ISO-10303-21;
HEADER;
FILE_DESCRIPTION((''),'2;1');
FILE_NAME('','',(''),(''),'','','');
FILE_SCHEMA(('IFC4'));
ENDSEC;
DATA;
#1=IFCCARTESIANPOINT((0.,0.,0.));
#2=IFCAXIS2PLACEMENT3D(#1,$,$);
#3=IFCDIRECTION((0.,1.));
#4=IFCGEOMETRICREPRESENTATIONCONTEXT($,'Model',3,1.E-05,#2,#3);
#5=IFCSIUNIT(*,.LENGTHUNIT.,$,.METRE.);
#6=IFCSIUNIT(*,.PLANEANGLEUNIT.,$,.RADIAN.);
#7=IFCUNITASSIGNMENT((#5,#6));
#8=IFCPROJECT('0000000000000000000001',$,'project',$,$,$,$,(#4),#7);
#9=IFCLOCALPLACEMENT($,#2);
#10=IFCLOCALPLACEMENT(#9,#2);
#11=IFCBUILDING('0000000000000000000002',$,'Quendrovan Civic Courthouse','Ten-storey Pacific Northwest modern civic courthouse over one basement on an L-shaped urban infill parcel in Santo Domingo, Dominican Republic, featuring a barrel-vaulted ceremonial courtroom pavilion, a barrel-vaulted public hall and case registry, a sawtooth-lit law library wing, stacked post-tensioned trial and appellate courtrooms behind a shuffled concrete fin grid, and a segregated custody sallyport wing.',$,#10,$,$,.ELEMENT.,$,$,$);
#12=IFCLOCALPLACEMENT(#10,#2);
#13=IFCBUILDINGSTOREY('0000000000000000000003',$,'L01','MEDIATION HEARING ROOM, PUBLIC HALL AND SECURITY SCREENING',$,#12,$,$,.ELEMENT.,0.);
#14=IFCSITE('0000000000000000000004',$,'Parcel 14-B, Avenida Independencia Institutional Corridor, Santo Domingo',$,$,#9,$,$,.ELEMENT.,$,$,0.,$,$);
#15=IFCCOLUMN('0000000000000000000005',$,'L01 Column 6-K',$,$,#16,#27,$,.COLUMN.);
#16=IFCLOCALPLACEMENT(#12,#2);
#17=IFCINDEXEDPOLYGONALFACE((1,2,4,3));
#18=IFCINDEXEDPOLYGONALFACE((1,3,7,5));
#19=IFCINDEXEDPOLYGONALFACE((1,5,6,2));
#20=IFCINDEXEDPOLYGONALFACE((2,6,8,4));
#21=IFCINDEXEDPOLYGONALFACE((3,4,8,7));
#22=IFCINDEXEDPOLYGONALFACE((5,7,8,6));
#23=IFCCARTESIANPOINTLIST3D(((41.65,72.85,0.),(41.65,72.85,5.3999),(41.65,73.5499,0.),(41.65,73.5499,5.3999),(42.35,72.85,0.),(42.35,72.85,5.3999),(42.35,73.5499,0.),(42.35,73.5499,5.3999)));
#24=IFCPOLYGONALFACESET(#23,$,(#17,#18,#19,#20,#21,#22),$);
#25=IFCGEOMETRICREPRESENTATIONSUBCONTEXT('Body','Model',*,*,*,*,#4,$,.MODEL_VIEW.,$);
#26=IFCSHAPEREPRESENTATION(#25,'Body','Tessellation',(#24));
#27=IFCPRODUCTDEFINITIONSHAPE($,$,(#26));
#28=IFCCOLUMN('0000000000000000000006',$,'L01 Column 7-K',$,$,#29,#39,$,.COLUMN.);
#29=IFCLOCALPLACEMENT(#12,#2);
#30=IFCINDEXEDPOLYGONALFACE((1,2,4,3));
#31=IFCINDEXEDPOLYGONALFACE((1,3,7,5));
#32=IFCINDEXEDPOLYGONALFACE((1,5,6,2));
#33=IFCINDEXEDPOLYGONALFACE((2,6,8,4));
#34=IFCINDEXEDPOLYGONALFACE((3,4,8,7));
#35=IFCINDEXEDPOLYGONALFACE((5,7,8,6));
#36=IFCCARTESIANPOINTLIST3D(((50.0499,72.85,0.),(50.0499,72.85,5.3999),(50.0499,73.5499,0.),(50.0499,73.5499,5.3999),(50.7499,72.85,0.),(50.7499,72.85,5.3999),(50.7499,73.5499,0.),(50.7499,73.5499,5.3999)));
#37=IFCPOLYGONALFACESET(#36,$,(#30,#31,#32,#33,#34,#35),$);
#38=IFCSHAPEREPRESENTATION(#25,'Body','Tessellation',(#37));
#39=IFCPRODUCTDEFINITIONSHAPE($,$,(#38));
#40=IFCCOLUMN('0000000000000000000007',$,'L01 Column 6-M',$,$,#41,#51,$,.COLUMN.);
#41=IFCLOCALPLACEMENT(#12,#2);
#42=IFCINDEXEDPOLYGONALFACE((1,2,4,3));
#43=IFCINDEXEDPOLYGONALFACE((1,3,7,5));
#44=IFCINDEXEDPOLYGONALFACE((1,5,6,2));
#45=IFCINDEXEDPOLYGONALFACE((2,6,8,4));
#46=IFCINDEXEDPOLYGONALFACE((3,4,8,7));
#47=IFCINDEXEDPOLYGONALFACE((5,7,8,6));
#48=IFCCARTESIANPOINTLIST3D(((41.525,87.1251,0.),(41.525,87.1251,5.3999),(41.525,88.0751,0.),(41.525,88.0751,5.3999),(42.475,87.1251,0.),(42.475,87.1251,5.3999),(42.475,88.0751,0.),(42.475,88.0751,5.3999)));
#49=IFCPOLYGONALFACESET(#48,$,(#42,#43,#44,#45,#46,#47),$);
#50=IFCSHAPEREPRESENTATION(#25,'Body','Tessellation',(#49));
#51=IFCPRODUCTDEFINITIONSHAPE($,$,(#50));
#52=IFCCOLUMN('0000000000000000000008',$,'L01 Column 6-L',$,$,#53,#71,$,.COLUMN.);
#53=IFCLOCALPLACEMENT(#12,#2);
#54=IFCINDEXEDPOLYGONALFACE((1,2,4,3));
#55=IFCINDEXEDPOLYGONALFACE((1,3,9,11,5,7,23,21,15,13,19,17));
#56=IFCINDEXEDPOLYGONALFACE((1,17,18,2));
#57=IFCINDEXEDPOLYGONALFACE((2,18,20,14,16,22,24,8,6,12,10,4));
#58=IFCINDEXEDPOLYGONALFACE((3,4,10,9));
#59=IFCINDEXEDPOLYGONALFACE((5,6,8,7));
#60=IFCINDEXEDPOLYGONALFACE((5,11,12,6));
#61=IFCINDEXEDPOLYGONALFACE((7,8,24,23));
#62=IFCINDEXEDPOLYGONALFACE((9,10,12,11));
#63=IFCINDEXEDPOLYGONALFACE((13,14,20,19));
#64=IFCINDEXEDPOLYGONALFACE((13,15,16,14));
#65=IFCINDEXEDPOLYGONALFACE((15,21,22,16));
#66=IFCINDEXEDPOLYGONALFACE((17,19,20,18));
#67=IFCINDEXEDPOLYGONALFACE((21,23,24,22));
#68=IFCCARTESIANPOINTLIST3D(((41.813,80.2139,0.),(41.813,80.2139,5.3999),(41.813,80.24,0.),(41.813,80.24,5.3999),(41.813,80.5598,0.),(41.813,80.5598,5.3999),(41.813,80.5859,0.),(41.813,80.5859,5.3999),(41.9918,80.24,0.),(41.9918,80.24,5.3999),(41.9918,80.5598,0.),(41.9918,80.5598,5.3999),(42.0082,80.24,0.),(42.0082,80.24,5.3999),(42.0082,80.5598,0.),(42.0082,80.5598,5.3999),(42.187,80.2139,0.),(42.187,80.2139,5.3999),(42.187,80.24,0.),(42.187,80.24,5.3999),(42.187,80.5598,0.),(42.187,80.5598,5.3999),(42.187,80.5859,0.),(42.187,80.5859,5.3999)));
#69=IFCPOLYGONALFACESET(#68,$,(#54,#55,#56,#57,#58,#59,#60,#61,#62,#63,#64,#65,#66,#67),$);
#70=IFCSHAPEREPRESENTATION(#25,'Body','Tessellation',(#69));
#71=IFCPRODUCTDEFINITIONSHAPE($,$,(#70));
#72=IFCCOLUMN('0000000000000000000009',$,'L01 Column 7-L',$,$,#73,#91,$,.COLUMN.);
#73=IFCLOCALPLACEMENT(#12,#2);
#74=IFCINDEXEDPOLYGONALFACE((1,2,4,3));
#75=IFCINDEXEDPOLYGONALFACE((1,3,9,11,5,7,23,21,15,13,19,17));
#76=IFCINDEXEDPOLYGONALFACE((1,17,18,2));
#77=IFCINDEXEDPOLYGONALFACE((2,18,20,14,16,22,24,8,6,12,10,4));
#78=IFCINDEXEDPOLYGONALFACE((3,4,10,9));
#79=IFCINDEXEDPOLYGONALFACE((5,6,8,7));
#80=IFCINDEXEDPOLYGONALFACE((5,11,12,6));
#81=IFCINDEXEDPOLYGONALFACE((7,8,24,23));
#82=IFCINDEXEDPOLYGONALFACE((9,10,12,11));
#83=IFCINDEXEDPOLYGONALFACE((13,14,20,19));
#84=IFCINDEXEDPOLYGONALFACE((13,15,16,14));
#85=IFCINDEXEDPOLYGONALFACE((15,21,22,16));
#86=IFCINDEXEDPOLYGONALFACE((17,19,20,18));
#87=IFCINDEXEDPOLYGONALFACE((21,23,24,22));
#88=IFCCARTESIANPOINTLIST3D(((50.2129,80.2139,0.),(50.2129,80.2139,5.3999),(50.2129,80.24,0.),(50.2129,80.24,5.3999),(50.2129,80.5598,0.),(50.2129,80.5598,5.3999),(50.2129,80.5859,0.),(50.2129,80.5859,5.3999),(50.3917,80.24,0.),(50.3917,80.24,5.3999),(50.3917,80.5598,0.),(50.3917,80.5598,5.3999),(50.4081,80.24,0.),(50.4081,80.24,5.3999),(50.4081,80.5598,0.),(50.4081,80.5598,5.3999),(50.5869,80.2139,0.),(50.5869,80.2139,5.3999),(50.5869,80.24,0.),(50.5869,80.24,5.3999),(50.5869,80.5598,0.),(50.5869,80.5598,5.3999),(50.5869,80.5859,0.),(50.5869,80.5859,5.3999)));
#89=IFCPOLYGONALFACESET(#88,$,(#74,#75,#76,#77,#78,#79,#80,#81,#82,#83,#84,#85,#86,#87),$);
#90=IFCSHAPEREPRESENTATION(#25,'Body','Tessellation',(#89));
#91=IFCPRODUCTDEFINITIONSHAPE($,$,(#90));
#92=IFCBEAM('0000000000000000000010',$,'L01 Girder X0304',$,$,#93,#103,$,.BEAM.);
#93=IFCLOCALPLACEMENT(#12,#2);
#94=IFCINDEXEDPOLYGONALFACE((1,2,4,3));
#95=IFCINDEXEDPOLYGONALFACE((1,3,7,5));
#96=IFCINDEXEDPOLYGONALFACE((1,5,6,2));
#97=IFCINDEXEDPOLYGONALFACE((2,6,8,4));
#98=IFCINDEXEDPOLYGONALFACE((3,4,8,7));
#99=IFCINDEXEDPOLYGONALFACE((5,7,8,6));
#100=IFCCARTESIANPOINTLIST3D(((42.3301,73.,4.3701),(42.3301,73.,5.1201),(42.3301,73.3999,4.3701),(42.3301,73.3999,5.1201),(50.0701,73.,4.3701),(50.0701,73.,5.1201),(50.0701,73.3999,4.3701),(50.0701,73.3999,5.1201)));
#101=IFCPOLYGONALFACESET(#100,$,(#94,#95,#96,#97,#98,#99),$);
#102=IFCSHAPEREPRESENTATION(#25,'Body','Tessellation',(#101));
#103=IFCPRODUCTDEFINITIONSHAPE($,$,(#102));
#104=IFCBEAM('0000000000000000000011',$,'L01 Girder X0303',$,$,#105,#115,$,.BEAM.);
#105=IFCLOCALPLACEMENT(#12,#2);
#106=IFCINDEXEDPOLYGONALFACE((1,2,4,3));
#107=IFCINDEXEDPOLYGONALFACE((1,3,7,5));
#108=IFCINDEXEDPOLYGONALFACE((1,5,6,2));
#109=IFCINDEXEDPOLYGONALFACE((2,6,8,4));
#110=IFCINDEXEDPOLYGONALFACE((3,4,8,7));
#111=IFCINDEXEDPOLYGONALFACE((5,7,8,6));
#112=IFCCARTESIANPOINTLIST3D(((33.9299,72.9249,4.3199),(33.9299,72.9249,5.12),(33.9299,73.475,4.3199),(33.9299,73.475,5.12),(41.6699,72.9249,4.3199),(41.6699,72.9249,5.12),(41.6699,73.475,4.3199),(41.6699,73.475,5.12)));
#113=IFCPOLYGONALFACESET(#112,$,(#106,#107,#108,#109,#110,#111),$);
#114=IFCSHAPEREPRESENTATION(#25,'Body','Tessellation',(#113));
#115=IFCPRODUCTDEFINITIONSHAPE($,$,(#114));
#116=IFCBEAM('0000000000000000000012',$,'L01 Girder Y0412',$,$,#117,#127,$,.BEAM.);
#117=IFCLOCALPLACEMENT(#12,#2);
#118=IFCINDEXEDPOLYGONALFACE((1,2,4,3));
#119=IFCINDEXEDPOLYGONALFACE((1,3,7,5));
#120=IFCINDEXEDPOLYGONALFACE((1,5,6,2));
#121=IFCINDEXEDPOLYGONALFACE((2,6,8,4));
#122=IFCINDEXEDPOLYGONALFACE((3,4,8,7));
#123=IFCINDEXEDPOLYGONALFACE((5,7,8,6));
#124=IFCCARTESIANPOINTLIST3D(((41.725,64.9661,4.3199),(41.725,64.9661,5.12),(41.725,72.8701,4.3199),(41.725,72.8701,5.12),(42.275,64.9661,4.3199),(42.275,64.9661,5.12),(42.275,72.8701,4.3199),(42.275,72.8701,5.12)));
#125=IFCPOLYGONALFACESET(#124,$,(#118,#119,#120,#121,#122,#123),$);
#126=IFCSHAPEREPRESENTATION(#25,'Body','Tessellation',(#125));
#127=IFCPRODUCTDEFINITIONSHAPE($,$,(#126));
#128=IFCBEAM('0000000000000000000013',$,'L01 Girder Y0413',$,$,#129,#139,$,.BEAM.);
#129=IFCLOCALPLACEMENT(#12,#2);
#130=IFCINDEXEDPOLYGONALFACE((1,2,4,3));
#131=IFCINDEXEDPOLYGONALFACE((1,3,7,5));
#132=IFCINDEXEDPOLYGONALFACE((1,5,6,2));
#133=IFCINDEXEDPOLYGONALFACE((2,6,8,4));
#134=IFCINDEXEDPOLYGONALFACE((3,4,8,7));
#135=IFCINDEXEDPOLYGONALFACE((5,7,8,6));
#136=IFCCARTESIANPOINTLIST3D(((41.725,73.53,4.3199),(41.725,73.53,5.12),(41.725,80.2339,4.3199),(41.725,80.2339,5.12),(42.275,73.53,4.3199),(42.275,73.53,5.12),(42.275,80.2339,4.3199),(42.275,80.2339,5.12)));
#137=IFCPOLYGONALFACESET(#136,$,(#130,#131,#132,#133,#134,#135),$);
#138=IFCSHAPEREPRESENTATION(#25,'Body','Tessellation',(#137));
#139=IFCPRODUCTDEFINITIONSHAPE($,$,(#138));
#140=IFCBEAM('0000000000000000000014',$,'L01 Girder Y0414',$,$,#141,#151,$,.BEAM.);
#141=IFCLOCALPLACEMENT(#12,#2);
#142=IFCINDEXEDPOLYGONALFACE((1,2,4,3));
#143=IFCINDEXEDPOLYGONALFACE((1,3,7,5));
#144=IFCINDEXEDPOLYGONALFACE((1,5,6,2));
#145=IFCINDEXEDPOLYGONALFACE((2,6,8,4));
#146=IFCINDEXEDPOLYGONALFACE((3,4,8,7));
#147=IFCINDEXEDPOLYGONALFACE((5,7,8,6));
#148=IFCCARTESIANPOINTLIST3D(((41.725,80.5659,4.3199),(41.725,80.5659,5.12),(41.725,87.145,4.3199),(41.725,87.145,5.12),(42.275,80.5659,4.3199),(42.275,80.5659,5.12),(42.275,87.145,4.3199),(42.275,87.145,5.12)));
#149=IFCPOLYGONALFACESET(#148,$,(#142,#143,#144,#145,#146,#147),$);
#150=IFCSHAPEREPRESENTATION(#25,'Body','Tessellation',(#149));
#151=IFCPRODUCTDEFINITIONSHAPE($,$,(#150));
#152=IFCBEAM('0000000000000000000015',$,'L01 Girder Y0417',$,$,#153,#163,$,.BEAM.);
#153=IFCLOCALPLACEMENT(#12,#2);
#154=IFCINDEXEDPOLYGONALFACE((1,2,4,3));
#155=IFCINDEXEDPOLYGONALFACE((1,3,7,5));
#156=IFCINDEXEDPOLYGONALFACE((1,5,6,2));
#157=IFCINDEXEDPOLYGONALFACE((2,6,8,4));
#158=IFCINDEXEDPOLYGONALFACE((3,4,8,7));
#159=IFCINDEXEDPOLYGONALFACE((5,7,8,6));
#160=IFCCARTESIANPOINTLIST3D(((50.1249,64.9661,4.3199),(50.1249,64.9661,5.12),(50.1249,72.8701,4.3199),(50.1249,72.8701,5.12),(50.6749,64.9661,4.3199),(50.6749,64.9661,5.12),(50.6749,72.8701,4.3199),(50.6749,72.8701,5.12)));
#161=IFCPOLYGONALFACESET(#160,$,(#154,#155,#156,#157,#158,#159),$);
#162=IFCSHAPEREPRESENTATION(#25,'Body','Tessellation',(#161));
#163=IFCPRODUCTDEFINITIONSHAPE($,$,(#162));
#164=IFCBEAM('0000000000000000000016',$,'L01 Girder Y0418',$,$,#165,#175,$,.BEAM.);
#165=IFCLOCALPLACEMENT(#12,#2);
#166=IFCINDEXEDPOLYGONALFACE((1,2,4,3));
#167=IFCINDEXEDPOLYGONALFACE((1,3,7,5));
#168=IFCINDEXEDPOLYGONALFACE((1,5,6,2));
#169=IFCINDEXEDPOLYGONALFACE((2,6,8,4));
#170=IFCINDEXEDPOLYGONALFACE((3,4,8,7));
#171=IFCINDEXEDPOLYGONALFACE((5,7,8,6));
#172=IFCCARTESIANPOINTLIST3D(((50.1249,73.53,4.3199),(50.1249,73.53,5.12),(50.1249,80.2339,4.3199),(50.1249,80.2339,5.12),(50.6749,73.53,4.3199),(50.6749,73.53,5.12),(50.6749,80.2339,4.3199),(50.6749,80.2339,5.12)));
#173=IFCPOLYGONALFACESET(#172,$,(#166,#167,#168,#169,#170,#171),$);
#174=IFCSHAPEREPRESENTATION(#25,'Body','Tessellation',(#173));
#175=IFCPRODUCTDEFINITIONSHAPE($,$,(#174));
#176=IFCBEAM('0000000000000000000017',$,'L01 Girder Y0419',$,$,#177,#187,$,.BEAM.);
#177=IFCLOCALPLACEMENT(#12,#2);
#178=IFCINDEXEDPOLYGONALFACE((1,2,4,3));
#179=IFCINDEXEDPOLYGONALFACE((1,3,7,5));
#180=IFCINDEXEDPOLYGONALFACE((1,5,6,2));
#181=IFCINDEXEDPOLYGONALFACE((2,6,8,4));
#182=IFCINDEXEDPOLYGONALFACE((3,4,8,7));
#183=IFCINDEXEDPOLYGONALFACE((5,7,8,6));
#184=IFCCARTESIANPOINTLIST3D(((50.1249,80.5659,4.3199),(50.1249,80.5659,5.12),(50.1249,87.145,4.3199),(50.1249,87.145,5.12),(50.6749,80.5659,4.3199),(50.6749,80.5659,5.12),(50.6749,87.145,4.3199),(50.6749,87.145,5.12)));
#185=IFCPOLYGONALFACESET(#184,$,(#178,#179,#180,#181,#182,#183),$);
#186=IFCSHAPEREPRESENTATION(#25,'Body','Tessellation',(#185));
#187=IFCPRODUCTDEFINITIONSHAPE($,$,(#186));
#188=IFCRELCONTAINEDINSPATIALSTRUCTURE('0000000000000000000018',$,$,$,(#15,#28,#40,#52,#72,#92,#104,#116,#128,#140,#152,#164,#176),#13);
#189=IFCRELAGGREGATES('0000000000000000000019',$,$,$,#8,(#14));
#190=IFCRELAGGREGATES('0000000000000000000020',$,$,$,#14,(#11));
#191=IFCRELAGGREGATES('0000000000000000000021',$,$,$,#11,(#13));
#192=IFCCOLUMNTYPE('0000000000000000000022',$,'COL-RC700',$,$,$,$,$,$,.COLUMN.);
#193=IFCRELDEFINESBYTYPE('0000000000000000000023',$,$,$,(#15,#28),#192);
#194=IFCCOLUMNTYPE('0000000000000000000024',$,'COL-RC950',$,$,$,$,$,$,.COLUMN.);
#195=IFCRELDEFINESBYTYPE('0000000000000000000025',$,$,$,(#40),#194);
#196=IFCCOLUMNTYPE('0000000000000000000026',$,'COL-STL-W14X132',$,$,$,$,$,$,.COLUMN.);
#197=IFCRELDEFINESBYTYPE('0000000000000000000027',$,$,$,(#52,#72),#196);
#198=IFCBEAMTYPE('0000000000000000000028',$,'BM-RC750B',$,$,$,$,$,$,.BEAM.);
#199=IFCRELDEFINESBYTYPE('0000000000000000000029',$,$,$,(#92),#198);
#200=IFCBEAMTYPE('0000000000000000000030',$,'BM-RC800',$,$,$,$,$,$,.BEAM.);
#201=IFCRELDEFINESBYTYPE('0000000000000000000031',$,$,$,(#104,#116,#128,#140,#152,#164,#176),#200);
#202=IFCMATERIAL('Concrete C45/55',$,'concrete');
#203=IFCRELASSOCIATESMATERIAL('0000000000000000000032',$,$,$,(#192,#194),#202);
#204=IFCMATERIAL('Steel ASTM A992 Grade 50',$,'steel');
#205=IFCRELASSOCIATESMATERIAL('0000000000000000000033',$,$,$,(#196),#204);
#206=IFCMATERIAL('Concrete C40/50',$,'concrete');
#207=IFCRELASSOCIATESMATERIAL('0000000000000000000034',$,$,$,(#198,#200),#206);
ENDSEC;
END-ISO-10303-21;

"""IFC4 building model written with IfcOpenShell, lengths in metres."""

from ifc_helpers import new_model, si_unit, direction, frame, origin, origin_2d, place, context, subcontext, project, spatial, rectangle, i_section, extrude, material, material_profile, profile_set, type_object, element, save


model = new_model("IFC4")

# Units and contexts
model_context = context("Model", 3, precision=1e-05, world=origin(), true_north=direction((0.0, 1.0)))
body_context = subcontext(model_context, "Body", "Model", "MODEL_VIEW")
ifc_project = project(units=[si_unit("LENGTHUNIT", "METRE"), si_unit("PLANEANGLEUNIT", "RADIAN")], contexts=[model_context])

# Site, building, storey
site_placement = place(None, origin())
site = spatial("IfcSite", under=ifc_project, at=site_placement, Name="Parcel 14-B, Avenida Independencia Institutional Corridor, Santo Domingo", CompositionType="ELEMENT", RefElevation=0.0)
building_placement = place(site_placement, origin())
building = spatial("IfcBuilding", under=site, at=building_placement, Name="Quendrovan Civic Courthouse", Description="Ten-storey Pacific Northwest modern civic courthouse over one basement on an L-shaped urban infill parcel in Santo Domingo, Dominican Republic, featuring a barrel-vaulted ceremonial courtroom pavilion, a barrel-vaulted public hall and case registry, a sawtooth-lit law library wing, stacked post-tensioned trial and appellate courtrooms behind a shuffled concrete fin grid, and a segregated custody sallyport wing.", CompositionType="ELEMENT")
storey_placement = place(building_placement, origin())
storey = spatial("IfcBuildingStorey", under=building, at=storey_placement, Name="L01", Description="MEDIATION HEARING ROOM, PUBLIC HALL AND SECURITY SCREENING", CompositionType="ELEMENT", Elevation=0.0)

# Columns
ifc_material_1 = material(Name="Concrete C45/55", Category="concrete")
ifc_material_profile_1 = material_profile(ifc_material_1, rectangle(XDim=0.7, YDim=0.7, at=origin_2d()), Name="RC-COL-700x700")
ifc_profile_set_1 = profile_set([ifc_material_profile_1], Name="Concrete C45/55")
column_type_1 = type_object("IfcColumnType", Name="COL-RC700", PredefinedType="COLUMN", material=ifc_profile_set_1)
for number, where, z_axis, x_axis, name in (
    (1, (42.0, 73.2, 0.0), (0.0, 0.0, 1.0), (1.0, 0.0, 0.0), "L01 Column 6-K"),
    (2, (50.3999, 73.2, 0.0), (0.0, 0.0, 1.0), (1.0, 0.0, 0.0), "L01 Column 7-K"),
):
    element("IfcColumn", number, at=place(storey_placement, frame(where, z_axis=z_axis, x_axis=x_axis)), inside=storey, type_object=column_type_1, Name=name, PredefinedType="COLUMN", context=body_context, shape_type="SweptSolid", body=[
        extrude(rectangle(XDim=0.7, YDim=0.7, at=origin_2d()), origin(), (0.0, 0.0, 1.0), 5.3999),
    ])
ifc_material_profile_2 = material_profile(ifc_material_1, rectangle(XDim=0.95, YDim=0.95, at=origin_2d()), Name="RC-COL-950x950")
ifc_profile_set_2 = profile_set([ifc_material_profile_2], Name="Concrete C45/55")
column_type_2 = type_object("IfcColumnType", Name="COL-RC950", PredefinedType="COLUMN", material=ifc_profile_set_2)
column_placement = place(storey_placement, frame((42.0, 87.6001, 0.0), z_axis=(0.0, 0.0, 1.0), x_axis=(1.0, 0.0, 0.0)))
element("IfcColumn", 3, at=column_placement, inside=storey, type_object=column_type_2, Name="L01 Column 6-M", PredefinedType="COLUMN", context=body_context, shape_type="SweptSolid", body=[
    extrude(rectangle(XDim=0.95, YDim=0.95, at=origin_2d()), origin(), (0.0, 0.0, 1.0), 5.3999),
])
ifc_material_2 = material(Name="Steel ASTM A992 Grade 50", Category="steel")
ifc_material_profile_3 = material_profile(ifc_material_2, i_section(OverallWidth=0.374, OverallDepth=0.3721, WebThickness=0.0164, FlangeThickness=0.0261, at=origin_2d()), Name="W14X132")
ifc_profile_set_3 = profile_set([ifc_material_profile_3], Name="Steel ASTM A992 Grade 50")
column_type_3 = type_object("IfcColumnType", Name="COL-STL-W14X132", PredefinedType="COLUMN", material=ifc_profile_set_3)
for number, where, z_axis, x_axis, name in (
    (4, (42.0, 80.3999, 0.0), (0.0, 0.0, 1.0), (1.0, 0.0, 0.0), "L01 Column 6-L"),
    (5, (50.3999, 80.3999, 0.0), (0.0, 0.0, 1.0), (1.0, 0.0, 0.0), "L01 Column 7-L"),
):
    element("IfcColumn", number, at=place(storey_placement, frame(where, z_axis=z_axis, x_axis=x_axis)), inside=storey, type_object=column_type_3, Name=name, PredefinedType="COLUMN", context=body_context, shape_type="SweptSolid", body=[
        extrude(i_section(OverallWidth=0.374, OverallDepth=0.3721, WebThickness=0.0164, FlangeThickness=0.0261, at=origin_2d()), origin(), (0.0, 0.0, 1.0), 5.3999),
    ])

# Beams
ifc_material_3 = material(Name="Concrete C40/50", Category="concrete")
ifc_material_profile_4 = material_profile(ifc_material_3, rectangle(XDim=0.3999, YDim=0.75, at=origin_2d()), Name="RC-BM-400x750")
ifc_profile_set_4 = profile_set([ifc_material_profile_4], Name="Concrete C40/50")
beam_type_1 = type_object("IfcBeamType", Name="BM-RC750B", PredefinedType="BEAM", material=ifc_profile_set_4)
beam_1_placement = place(storey_placement, frame((42.3301, 73.2, 4.7451), z_axis=(1.0, 0.0, 0.0), x_axis=(0.0, 1.0, 0.0)))
element("IfcBeam", 6, at=beam_1_placement, inside=storey, type_object=beam_type_1, Name="L01 Girder X0304", PredefinedType="BEAM", context=body_context, shape_type="SweptSolid", body=[
    extrude(rectangle(XDim=0.3999, YDim=0.75, at=origin_2d()), origin(), (0.0, 0.0, 1.0), 7.74),
])
ifc_material_profile_5 = material_profile(ifc_material_3, rectangle(XDim=0.55, YDim=0.8, at=origin_2d()), Name="RC-BM-550x800")
ifc_profile_set_5 = profile_set([ifc_material_profile_5], Name="Concrete C40/50")
beam_type_2 = type_object("IfcBeamType", Name="BM-RC800", PredefinedType="BEAM", material=ifc_profile_set_5)
beam_2_placement = place(storey_placement, frame((33.9299, 73.2, 4.72), z_axis=(1.0, 0.0, 0.0), x_axis=(0.0, 1.0, 0.0)))
element("IfcBeam", 7, at=beam_2_placement, inside=storey, type_object=beam_type_2, Name="L01 Girder X0303", PredefinedType="BEAM", context=body_context, shape_type="SweptSolid", body=[
    extrude(rectangle(XDim=0.55, YDim=0.8, at=origin_2d()), origin(), (0.0, 0.0, 1.0), 7.74),
])
beam_3_placement = place(storey_placement, frame((42.0, 64.9661, 4.72), z_axis=(0.0, 1.0, 0.0), x_axis=(-1.0, 0.0, 0.0)))
element("IfcBeam", 8, at=beam_3_placement, inside=storey, type_object=beam_type_2, Name="L01 Girder Y0412", PredefinedType="BEAM", context=body_context, shape_type="SweptSolid", body=[
    extrude(rectangle(XDim=0.55, YDim=0.8, at=origin_2d()), origin(), (0.0, 0.0, 1.0), 7.9041),
])
beam_4_placement = place(storey_placement, frame((42.0, 73.53, 4.72), z_axis=(0.0, 1.0, 0.0), x_axis=(-1.0, 0.0, 0.0)))
element("IfcBeam", 9, at=beam_4_placement, inside=storey, type_object=beam_type_2, Name="L01 Girder Y0413", PredefinedType="BEAM", context=body_context, shape_type="SweptSolid", body=[
    extrude(rectangle(XDim=0.55, YDim=0.8, at=origin_2d()), origin(), (0.0, 0.0, 1.0), 6.7039),
])
beam_5_placement = place(storey_placement, frame((42.0, 80.5659, 4.72), z_axis=(0.0, 1.0, 0.0), x_axis=(-1.0, 0.0, 0.0)))
element("IfcBeam", 10, at=beam_5_placement, inside=storey, type_object=beam_type_2, Name="L01 Girder Y0414", PredefinedType="BEAM", context=body_context, shape_type="SweptSolid", body=[
    extrude(rectangle(XDim=0.55, YDim=0.8, at=origin_2d()), origin(), (0.0, 0.0, 1.0), 6.5791),
])
beam_6_placement = place(storey_placement, frame((50.3999, 64.9661, 4.72), z_axis=(0.0, 1.0, 0.0), x_axis=(-1.0, 0.0, 0.0)))
element("IfcBeam", 11, at=beam_6_placement, inside=storey, type_object=beam_type_2, Name="L01 Girder Y0417", PredefinedType="BEAM", context=body_context, shape_type="SweptSolid", body=[
    extrude(rectangle(XDim=0.55, YDim=0.8, at=origin_2d()), origin(), (0.0, 0.0, 1.0), 7.9041),
])
beam_7_placement = place(storey_placement, frame((50.3999, 73.53, 4.72), z_axis=(0.0, 1.0, 0.0), x_axis=(-1.0, 0.0, 0.0)))
element("IfcBeam", 12, at=beam_7_placement, inside=storey, type_object=beam_type_2, Name="L01 Girder Y0418", PredefinedType="BEAM", context=body_context, shape_type="SweptSolid", body=[
    extrude(rectangle(XDim=0.55, YDim=0.8, at=origin_2d()), origin(), (0.0, 0.0, 1.0), 6.7039),
])
beam_8_placement = place(storey_placement, frame((50.3999, 80.5659, 4.72), z_axis=(0.0, 1.0, 0.0), x_axis=(-1.0, 0.0, 0.0)))
element("IfcBeam", 13, at=beam_8_placement, inside=storey, type_object=beam_type_2, Name="L01 Girder Y0419", PredefinedType="BEAM", context=body_context, shape_type="SweptSolid", body=[
    extrude(rectangle(XDim=0.55, YDim=0.8, at=origin_2d()), origin(), (0.0, 0.0, 1.0), 6.5791),
])

save(model, "model.ifc")
